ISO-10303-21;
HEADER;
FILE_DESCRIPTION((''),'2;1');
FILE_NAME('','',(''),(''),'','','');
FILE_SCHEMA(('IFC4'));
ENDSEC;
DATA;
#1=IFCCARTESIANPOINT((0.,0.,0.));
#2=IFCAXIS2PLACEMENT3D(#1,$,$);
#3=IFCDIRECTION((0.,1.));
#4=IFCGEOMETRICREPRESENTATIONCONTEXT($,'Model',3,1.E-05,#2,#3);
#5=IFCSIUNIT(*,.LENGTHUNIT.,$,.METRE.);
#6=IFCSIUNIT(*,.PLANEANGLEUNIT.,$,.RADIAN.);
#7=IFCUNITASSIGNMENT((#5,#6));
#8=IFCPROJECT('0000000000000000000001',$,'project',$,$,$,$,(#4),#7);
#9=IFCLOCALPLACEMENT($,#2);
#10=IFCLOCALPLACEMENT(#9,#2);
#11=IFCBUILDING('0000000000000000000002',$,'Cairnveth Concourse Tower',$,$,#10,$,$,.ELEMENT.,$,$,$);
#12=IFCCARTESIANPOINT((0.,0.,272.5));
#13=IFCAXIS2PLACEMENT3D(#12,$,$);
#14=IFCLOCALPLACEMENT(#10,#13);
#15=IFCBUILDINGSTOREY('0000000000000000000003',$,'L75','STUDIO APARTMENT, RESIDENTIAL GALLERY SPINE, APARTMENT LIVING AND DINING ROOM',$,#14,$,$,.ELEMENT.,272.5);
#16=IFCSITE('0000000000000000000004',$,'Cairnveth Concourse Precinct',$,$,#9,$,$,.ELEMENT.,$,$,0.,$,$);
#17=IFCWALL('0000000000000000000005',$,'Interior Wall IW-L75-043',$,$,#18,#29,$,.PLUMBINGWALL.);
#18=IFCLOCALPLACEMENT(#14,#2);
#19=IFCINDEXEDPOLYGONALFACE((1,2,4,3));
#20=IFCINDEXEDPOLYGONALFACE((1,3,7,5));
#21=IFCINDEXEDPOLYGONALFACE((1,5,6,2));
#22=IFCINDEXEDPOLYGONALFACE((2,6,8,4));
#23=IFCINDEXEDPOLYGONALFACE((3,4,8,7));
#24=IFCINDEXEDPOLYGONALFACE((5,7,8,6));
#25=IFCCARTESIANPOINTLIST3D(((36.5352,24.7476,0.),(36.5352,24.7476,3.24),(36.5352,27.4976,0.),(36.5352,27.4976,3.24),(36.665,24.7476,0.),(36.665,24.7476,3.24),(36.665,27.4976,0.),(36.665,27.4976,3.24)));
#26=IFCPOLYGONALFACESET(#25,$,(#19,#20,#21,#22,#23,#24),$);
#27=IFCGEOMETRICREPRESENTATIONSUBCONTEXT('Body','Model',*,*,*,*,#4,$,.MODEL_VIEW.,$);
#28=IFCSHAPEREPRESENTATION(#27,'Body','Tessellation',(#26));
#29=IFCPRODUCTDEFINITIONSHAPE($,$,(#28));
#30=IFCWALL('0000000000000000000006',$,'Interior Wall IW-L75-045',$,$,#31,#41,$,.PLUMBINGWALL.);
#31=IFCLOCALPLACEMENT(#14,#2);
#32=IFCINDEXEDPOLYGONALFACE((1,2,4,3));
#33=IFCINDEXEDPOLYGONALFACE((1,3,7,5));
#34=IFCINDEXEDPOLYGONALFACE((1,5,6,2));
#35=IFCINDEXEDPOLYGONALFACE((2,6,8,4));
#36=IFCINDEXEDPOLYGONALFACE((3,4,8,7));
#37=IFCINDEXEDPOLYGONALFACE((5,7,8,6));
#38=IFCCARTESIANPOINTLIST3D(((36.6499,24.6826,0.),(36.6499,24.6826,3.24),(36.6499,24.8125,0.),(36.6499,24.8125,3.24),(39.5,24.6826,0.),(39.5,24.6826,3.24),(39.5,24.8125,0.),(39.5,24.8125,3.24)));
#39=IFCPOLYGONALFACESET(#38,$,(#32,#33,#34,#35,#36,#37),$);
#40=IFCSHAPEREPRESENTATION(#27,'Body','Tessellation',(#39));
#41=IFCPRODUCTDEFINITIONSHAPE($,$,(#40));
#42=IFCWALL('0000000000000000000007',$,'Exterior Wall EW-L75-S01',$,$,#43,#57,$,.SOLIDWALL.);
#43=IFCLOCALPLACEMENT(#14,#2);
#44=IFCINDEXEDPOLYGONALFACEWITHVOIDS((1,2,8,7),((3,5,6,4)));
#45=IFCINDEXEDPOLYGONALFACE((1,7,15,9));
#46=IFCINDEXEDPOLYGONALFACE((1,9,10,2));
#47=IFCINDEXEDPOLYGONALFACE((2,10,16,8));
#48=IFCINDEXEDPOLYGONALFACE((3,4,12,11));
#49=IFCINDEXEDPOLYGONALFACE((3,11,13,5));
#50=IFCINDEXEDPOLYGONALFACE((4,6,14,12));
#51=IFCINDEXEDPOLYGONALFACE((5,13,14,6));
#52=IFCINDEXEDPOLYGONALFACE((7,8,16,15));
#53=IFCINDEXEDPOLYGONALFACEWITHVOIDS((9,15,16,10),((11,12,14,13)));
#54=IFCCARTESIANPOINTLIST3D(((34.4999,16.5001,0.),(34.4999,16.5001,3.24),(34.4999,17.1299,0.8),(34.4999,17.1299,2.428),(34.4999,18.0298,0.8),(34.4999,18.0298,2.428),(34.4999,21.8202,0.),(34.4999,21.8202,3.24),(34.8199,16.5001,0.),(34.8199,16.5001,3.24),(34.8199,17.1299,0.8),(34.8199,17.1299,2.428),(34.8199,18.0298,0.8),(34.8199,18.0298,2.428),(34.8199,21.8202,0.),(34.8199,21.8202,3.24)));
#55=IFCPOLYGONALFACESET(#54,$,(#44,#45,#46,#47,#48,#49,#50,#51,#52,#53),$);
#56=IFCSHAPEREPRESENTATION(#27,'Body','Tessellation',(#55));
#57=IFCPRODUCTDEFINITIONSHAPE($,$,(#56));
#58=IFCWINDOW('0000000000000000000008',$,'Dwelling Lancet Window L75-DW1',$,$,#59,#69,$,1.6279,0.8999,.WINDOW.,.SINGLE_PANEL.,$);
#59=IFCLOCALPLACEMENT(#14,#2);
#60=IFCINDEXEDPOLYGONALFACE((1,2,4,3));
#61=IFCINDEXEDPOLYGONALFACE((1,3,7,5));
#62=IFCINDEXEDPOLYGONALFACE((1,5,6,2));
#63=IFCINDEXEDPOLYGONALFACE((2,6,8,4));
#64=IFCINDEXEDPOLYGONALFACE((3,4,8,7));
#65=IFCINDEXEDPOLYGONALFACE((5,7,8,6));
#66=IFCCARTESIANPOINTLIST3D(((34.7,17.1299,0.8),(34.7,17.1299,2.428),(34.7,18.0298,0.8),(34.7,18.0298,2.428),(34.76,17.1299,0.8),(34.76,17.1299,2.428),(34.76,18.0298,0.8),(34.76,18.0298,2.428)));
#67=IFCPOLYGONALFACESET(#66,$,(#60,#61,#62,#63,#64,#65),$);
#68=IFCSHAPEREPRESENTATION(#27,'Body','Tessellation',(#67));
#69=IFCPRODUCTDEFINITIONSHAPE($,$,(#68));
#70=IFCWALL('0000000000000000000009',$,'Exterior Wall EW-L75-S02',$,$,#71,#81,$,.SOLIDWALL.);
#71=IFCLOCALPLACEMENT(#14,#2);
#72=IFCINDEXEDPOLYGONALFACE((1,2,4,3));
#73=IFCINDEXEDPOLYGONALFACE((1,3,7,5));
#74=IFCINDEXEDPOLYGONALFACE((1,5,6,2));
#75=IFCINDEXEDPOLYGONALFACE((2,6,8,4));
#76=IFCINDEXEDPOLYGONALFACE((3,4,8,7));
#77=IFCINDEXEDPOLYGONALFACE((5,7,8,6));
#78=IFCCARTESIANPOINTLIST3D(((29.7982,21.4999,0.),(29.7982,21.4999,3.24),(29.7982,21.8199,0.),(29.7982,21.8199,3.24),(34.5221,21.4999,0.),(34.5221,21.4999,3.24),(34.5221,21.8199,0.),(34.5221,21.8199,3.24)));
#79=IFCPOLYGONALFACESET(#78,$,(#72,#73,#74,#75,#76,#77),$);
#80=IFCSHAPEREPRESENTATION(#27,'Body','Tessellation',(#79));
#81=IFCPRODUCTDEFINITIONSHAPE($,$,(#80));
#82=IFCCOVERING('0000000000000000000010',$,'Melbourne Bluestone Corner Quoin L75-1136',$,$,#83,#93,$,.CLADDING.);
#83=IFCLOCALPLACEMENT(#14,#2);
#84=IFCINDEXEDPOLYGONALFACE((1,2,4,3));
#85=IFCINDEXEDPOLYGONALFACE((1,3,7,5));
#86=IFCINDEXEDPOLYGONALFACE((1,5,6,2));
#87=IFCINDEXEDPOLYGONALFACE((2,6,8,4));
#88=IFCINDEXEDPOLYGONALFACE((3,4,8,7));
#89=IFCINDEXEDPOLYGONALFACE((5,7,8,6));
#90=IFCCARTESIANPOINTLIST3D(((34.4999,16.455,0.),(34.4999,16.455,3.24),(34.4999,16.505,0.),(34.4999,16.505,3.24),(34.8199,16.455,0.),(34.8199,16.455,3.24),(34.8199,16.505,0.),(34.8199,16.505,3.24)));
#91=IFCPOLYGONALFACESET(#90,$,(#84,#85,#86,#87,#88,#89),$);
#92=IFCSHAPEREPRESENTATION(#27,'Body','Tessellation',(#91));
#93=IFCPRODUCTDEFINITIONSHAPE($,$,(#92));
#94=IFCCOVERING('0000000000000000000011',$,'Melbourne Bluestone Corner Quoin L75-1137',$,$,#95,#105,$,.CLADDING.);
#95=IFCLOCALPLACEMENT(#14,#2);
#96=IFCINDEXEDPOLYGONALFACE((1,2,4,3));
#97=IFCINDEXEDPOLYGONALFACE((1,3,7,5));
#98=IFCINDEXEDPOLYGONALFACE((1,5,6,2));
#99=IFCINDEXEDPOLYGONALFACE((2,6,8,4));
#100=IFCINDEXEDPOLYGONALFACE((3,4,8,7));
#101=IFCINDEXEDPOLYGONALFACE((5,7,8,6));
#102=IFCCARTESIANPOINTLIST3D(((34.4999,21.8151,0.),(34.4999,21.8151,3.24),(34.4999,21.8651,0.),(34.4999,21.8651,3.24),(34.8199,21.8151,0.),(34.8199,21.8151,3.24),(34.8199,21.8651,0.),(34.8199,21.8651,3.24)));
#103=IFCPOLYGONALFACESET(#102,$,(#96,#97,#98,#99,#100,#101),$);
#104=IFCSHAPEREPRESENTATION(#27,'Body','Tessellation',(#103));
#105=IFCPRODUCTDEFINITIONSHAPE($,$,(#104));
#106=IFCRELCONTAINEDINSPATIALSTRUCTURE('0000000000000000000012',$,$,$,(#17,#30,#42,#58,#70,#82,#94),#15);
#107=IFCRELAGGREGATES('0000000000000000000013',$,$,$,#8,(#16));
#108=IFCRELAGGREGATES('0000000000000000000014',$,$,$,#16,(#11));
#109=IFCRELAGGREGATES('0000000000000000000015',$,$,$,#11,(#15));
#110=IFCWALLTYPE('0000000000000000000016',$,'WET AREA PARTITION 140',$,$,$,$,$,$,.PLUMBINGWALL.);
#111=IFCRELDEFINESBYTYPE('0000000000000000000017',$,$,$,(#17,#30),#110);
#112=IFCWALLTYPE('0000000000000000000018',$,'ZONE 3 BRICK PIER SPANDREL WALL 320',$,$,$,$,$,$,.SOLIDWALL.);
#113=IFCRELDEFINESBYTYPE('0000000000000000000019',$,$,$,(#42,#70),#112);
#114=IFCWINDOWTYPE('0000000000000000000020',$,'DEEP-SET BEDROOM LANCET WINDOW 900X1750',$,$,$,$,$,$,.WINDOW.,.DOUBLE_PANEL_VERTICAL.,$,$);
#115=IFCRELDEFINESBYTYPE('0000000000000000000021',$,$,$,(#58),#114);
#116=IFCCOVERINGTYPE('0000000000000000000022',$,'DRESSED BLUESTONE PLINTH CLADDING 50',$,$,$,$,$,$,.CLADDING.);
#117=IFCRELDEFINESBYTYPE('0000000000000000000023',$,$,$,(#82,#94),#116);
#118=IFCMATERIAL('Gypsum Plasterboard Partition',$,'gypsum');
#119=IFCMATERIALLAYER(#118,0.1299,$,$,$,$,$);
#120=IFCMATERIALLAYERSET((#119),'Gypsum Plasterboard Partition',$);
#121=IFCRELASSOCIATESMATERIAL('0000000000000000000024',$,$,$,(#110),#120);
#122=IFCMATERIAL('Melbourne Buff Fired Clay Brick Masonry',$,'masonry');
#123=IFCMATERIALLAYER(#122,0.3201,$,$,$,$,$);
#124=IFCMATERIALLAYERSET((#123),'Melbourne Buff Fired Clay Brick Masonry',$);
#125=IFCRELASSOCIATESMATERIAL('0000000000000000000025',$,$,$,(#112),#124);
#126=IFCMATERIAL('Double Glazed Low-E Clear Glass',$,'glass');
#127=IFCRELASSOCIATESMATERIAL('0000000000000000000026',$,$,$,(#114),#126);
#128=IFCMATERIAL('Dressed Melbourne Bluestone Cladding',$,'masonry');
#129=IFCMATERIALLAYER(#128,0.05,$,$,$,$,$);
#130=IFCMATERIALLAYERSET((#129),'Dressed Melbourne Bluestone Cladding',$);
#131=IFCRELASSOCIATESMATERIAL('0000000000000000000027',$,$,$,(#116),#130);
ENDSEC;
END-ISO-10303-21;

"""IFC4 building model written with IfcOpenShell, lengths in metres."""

from ifc_helpers import new_model, si_unit, direction, frame, frame_2d, origin, place, context, subcontext, project, spatial, rectangle, extrude, material, layer, layer_set, type_object, element, fill, save


model = new_model("IFC4")

# Units and contexts
model_context = context("Model", 3, precision=1e-05, world=origin(), true_north=direction((0.0, 1.0)))
body_context = subcontext(model_context, "Body", "Model", "MODEL_VIEW")
ifc_project = project(units=[si_unit("LENGTHUNIT", "METRE"), si_unit("PLANEANGLEUNIT", "RADIAN")], contexts=[model_context])

# Site, building, storey
site_placement = place(None, origin())
site = spatial("IfcSite", under=ifc_project, at=site_placement, Name="Cairnveth Concourse Precinct", CompositionType="ELEMENT", RefElevation=0.0)
building_placement = place(site_placement, origin())
building = spatial("IfcBuilding", under=site, at=building_placement, Name="Cairnveth Concourse Tower", CompositionType="ELEMENT")
storey_placement = place(building_placement, frame((0.0, 0.0, 272.5)))
storey = spatial("IfcBuildingStorey", under=building, at=storey_placement, Name="L75", Description="STUDIO APARTMENT, RESIDENTIAL GALLERY SPINE, APARTMENT LIVING AND DINING ROOM", CompositionType="ELEMENT", Elevation=272.5)

# Shared definitions
ifc_material_1 = material(Name="Gypsum Plasterboard Partition", Category="gypsum")

# Walls
ifc_layer_1 = layer(ifc_material_1, 0.1299)
ifc_layer_set_1 = layer_set([ifc_layer_1], Name="Gypsum Plasterboard Partition")
wall_type_1 = type_object("IfcWallType", Name="WET AREA PARTITION 140", PredefinedType="PLUMBINGWALL", material=ifc_layer_set_1)
wall_1_placement = place(storey_placement, frame((36.6001, 24.7476, 0.0), z_axis=(0.0, 0.0, 1.0), x_axis=(0.0, 1.0, 0.0)))
element("IfcWall", 1, at=wall_1_placement, inside=storey, type_object=wall_type_1, Name="Interior Wall IW-L75-043", PredefinedType="PLUMBINGWALL", context=body_context, shape_type="SweptSolid", body=[
    extrude(rectangle(XDim=2.75, YDim=0.1299, at=frame_2d((1.375, 0.0))), origin(), (0.0, 0.0, 1.0), 3.24),
])
wall_2_placement = place(storey_placement, frame((36.6499, 24.7476, 0.0), z_axis=(0.0, 0.0, 1.0), x_axis=(1.0, 0.0, 0.0)))
element("IfcWall", 2, at=wall_2_placement, inside=storey, type_object=wall_type_1, Name="Interior Wall IW-L75-045", PredefinedType="PLUMBINGWALL", context=body_context, shape_type="SweptSolid", body=[
    extrude(rectangle(XDim=2.8501, YDim=0.1299, at=frame_2d((1.425, 0.0))), origin(), (0.0, 0.0, 1.0), 3.24),
])

# Wall, opening, window
ifc_material_2 = material(Name="Melbourne Buff Fired Clay Brick Masonry", Category="masonry")
ifc_layer_2 = layer(ifc_material_2, 0.3201)
ifc_layer_set_2 = layer_set([ifc_layer_2], Name="Melbourne Buff Fired Clay Brick Masonry")
wall_type_2 = type_object("IfcWallType", Name="ZONE 3 BRICK PIER SPANDREL WALL 320", PredefinedType="SOLIDWALL", material=ifc_layer_set_2)
wall_3_placement = place(storey_placement, frame((34.6599, 16.5, 0.0), z_axis=(0.0, 0.0, 1.0), x_axis=(0.0, 1.0, 0.0)))
wall_3 = element("IfcWall", 3, at=wall_3_placement, inside=storey, type_object=wall_type_2, Name="Exterior Wall EW-L75-S01", PredefinedType="SOLIDWALL", context=body_context, shape_type="SweptSolid", body=[
    extrude(rectangle(XDim=5.3201, YDim=0.3201, at=frame_2d((2.6602, 0.0))), origin(), (0.0, 0.0, 1.0), 3.24),
])
opening_1_placement = place(wall_3_placement, frame((0.6299, 0.0, 0.8)))
opening_1 = element("IfcOpeningElement", 4, at=opening_1_placement, cuts=wall_3, PredefinedType="OPENING", context=body_context, shape_type="SweptSolid", body=[
    extrude(rectangle(XDim=0.8999, YDim=1.6279, at=frame_2d((0.45, 0.814))), frame((0.0, 0.1699, 0.0), z_axis=(0.0, -1.0, 0.0), x_axis=(1.0, 0.0, 0.0)), (0.0, 0.0, 1.0), 0.3401),
])
ifc_material_3 = material(Name="Double Glazed Low-E Clear Glass", Category="glass")
window_type = type_object("IfcWindowType", Name="DEEP-SET BEDROOM LANCET WINDOW 900X1750", PartitioningType="DOUBLE_PANEL_VERTICAL", PredefinedType="WINDOW", material=ifc_material_3)
window_placement = place(opening_1_placement, origin())
window = element("IfcWindow", 5, at=window_placement, inside=storey, type_object=window_type, Name="Dwelling Lancet Window L75-DW1", OverallHeight=1.6279, OverallWidth=0.8999, PartitioningType="SINGLE_PANEL", PredefinedType="WINDOW", context=body_context, shape_type="SweptSolid", body=[
    extrude(rectangle(XDim=0.8999, YDim=1.6279, at=frame_2d((0.45, 0.814))), frame((0.0, -0.04, 0.0), z_axis=(0.0, -1.0, 0.0), x_axis=(1.0, 0.0, 0.0)), (0.0, 0.0, 1.0), 0.0601),
])
fill(opening_1, window)

# Wall
wall_4_placement = place(storey_placement, frame((34.522, 21.6599, 0.0), z_axis=(0.0, 0.0, 1.0), x_axis=(-1.0, 0.0, 0.0)))
element("IfcWall", 6, at=wall_4_placement, inside=storey, type_object=wall_type_2, Name="Exterior Wall EW-L75-S02", PredefinedType="SOLIDWALL", context=body_context, shape_type="SweptSolid", body=[
    extrude(rectangle(XDim=4.7239, YDim=0.3201, at=frame_2d((2.3618, 0.0))), origin(), (0.0, 0.0, 1.0), 3.24),
])

# Coverings
ifc_material_4 = material(Name="Dressed Melbourne Bluestone Cladding", Category="masonry")
ifc_layer_3 = layer(ifc_material_4, 0.05)
ifc_layer_set_3 = layer_set([ifc_layer_3], Name="Dressed Melbourne Bluestone Cladding")
covering_type = type_object("IfcCoveringType", Name="DRESSED BLUESTONE PLINTH CLADDING 50", PredefinedType="CLADDING", material=ifc_layer_set_3)
for number, where, z_axis, x_axis, name in (
    (7, (34.8201, 16.48, 0.0), (0.0, 0.0, 1.0), (-1.0, 0.0, 0.0), "Melbourne Bluestone Corner Quoin L75-1136"),
    (8, (34.8201, 21.8401, 0.0), (0.0, 0.0, 1.0), (-1.0, 0.0, 0.0), "Melbourne Bluestone Corner Quoin L75-1137"),
):
    element("IfcCovering", number, at=place(storey_placement, frame(where, z_axis=z_axis, x_axis=x_axis)), inside=storey, type_object=covering_type, Name=name, PredefinedType="CLADDING", context=body_context, shape_type="SweptSolid", body=[
        extrude(rectangle(XDim=0.3201, YDim=0.05, at=frame_2d((0.1602, 0.0))), origin(), (0.0, 0.0, 1.0), 3.24),
    ])

save(model, "model.ifc")
